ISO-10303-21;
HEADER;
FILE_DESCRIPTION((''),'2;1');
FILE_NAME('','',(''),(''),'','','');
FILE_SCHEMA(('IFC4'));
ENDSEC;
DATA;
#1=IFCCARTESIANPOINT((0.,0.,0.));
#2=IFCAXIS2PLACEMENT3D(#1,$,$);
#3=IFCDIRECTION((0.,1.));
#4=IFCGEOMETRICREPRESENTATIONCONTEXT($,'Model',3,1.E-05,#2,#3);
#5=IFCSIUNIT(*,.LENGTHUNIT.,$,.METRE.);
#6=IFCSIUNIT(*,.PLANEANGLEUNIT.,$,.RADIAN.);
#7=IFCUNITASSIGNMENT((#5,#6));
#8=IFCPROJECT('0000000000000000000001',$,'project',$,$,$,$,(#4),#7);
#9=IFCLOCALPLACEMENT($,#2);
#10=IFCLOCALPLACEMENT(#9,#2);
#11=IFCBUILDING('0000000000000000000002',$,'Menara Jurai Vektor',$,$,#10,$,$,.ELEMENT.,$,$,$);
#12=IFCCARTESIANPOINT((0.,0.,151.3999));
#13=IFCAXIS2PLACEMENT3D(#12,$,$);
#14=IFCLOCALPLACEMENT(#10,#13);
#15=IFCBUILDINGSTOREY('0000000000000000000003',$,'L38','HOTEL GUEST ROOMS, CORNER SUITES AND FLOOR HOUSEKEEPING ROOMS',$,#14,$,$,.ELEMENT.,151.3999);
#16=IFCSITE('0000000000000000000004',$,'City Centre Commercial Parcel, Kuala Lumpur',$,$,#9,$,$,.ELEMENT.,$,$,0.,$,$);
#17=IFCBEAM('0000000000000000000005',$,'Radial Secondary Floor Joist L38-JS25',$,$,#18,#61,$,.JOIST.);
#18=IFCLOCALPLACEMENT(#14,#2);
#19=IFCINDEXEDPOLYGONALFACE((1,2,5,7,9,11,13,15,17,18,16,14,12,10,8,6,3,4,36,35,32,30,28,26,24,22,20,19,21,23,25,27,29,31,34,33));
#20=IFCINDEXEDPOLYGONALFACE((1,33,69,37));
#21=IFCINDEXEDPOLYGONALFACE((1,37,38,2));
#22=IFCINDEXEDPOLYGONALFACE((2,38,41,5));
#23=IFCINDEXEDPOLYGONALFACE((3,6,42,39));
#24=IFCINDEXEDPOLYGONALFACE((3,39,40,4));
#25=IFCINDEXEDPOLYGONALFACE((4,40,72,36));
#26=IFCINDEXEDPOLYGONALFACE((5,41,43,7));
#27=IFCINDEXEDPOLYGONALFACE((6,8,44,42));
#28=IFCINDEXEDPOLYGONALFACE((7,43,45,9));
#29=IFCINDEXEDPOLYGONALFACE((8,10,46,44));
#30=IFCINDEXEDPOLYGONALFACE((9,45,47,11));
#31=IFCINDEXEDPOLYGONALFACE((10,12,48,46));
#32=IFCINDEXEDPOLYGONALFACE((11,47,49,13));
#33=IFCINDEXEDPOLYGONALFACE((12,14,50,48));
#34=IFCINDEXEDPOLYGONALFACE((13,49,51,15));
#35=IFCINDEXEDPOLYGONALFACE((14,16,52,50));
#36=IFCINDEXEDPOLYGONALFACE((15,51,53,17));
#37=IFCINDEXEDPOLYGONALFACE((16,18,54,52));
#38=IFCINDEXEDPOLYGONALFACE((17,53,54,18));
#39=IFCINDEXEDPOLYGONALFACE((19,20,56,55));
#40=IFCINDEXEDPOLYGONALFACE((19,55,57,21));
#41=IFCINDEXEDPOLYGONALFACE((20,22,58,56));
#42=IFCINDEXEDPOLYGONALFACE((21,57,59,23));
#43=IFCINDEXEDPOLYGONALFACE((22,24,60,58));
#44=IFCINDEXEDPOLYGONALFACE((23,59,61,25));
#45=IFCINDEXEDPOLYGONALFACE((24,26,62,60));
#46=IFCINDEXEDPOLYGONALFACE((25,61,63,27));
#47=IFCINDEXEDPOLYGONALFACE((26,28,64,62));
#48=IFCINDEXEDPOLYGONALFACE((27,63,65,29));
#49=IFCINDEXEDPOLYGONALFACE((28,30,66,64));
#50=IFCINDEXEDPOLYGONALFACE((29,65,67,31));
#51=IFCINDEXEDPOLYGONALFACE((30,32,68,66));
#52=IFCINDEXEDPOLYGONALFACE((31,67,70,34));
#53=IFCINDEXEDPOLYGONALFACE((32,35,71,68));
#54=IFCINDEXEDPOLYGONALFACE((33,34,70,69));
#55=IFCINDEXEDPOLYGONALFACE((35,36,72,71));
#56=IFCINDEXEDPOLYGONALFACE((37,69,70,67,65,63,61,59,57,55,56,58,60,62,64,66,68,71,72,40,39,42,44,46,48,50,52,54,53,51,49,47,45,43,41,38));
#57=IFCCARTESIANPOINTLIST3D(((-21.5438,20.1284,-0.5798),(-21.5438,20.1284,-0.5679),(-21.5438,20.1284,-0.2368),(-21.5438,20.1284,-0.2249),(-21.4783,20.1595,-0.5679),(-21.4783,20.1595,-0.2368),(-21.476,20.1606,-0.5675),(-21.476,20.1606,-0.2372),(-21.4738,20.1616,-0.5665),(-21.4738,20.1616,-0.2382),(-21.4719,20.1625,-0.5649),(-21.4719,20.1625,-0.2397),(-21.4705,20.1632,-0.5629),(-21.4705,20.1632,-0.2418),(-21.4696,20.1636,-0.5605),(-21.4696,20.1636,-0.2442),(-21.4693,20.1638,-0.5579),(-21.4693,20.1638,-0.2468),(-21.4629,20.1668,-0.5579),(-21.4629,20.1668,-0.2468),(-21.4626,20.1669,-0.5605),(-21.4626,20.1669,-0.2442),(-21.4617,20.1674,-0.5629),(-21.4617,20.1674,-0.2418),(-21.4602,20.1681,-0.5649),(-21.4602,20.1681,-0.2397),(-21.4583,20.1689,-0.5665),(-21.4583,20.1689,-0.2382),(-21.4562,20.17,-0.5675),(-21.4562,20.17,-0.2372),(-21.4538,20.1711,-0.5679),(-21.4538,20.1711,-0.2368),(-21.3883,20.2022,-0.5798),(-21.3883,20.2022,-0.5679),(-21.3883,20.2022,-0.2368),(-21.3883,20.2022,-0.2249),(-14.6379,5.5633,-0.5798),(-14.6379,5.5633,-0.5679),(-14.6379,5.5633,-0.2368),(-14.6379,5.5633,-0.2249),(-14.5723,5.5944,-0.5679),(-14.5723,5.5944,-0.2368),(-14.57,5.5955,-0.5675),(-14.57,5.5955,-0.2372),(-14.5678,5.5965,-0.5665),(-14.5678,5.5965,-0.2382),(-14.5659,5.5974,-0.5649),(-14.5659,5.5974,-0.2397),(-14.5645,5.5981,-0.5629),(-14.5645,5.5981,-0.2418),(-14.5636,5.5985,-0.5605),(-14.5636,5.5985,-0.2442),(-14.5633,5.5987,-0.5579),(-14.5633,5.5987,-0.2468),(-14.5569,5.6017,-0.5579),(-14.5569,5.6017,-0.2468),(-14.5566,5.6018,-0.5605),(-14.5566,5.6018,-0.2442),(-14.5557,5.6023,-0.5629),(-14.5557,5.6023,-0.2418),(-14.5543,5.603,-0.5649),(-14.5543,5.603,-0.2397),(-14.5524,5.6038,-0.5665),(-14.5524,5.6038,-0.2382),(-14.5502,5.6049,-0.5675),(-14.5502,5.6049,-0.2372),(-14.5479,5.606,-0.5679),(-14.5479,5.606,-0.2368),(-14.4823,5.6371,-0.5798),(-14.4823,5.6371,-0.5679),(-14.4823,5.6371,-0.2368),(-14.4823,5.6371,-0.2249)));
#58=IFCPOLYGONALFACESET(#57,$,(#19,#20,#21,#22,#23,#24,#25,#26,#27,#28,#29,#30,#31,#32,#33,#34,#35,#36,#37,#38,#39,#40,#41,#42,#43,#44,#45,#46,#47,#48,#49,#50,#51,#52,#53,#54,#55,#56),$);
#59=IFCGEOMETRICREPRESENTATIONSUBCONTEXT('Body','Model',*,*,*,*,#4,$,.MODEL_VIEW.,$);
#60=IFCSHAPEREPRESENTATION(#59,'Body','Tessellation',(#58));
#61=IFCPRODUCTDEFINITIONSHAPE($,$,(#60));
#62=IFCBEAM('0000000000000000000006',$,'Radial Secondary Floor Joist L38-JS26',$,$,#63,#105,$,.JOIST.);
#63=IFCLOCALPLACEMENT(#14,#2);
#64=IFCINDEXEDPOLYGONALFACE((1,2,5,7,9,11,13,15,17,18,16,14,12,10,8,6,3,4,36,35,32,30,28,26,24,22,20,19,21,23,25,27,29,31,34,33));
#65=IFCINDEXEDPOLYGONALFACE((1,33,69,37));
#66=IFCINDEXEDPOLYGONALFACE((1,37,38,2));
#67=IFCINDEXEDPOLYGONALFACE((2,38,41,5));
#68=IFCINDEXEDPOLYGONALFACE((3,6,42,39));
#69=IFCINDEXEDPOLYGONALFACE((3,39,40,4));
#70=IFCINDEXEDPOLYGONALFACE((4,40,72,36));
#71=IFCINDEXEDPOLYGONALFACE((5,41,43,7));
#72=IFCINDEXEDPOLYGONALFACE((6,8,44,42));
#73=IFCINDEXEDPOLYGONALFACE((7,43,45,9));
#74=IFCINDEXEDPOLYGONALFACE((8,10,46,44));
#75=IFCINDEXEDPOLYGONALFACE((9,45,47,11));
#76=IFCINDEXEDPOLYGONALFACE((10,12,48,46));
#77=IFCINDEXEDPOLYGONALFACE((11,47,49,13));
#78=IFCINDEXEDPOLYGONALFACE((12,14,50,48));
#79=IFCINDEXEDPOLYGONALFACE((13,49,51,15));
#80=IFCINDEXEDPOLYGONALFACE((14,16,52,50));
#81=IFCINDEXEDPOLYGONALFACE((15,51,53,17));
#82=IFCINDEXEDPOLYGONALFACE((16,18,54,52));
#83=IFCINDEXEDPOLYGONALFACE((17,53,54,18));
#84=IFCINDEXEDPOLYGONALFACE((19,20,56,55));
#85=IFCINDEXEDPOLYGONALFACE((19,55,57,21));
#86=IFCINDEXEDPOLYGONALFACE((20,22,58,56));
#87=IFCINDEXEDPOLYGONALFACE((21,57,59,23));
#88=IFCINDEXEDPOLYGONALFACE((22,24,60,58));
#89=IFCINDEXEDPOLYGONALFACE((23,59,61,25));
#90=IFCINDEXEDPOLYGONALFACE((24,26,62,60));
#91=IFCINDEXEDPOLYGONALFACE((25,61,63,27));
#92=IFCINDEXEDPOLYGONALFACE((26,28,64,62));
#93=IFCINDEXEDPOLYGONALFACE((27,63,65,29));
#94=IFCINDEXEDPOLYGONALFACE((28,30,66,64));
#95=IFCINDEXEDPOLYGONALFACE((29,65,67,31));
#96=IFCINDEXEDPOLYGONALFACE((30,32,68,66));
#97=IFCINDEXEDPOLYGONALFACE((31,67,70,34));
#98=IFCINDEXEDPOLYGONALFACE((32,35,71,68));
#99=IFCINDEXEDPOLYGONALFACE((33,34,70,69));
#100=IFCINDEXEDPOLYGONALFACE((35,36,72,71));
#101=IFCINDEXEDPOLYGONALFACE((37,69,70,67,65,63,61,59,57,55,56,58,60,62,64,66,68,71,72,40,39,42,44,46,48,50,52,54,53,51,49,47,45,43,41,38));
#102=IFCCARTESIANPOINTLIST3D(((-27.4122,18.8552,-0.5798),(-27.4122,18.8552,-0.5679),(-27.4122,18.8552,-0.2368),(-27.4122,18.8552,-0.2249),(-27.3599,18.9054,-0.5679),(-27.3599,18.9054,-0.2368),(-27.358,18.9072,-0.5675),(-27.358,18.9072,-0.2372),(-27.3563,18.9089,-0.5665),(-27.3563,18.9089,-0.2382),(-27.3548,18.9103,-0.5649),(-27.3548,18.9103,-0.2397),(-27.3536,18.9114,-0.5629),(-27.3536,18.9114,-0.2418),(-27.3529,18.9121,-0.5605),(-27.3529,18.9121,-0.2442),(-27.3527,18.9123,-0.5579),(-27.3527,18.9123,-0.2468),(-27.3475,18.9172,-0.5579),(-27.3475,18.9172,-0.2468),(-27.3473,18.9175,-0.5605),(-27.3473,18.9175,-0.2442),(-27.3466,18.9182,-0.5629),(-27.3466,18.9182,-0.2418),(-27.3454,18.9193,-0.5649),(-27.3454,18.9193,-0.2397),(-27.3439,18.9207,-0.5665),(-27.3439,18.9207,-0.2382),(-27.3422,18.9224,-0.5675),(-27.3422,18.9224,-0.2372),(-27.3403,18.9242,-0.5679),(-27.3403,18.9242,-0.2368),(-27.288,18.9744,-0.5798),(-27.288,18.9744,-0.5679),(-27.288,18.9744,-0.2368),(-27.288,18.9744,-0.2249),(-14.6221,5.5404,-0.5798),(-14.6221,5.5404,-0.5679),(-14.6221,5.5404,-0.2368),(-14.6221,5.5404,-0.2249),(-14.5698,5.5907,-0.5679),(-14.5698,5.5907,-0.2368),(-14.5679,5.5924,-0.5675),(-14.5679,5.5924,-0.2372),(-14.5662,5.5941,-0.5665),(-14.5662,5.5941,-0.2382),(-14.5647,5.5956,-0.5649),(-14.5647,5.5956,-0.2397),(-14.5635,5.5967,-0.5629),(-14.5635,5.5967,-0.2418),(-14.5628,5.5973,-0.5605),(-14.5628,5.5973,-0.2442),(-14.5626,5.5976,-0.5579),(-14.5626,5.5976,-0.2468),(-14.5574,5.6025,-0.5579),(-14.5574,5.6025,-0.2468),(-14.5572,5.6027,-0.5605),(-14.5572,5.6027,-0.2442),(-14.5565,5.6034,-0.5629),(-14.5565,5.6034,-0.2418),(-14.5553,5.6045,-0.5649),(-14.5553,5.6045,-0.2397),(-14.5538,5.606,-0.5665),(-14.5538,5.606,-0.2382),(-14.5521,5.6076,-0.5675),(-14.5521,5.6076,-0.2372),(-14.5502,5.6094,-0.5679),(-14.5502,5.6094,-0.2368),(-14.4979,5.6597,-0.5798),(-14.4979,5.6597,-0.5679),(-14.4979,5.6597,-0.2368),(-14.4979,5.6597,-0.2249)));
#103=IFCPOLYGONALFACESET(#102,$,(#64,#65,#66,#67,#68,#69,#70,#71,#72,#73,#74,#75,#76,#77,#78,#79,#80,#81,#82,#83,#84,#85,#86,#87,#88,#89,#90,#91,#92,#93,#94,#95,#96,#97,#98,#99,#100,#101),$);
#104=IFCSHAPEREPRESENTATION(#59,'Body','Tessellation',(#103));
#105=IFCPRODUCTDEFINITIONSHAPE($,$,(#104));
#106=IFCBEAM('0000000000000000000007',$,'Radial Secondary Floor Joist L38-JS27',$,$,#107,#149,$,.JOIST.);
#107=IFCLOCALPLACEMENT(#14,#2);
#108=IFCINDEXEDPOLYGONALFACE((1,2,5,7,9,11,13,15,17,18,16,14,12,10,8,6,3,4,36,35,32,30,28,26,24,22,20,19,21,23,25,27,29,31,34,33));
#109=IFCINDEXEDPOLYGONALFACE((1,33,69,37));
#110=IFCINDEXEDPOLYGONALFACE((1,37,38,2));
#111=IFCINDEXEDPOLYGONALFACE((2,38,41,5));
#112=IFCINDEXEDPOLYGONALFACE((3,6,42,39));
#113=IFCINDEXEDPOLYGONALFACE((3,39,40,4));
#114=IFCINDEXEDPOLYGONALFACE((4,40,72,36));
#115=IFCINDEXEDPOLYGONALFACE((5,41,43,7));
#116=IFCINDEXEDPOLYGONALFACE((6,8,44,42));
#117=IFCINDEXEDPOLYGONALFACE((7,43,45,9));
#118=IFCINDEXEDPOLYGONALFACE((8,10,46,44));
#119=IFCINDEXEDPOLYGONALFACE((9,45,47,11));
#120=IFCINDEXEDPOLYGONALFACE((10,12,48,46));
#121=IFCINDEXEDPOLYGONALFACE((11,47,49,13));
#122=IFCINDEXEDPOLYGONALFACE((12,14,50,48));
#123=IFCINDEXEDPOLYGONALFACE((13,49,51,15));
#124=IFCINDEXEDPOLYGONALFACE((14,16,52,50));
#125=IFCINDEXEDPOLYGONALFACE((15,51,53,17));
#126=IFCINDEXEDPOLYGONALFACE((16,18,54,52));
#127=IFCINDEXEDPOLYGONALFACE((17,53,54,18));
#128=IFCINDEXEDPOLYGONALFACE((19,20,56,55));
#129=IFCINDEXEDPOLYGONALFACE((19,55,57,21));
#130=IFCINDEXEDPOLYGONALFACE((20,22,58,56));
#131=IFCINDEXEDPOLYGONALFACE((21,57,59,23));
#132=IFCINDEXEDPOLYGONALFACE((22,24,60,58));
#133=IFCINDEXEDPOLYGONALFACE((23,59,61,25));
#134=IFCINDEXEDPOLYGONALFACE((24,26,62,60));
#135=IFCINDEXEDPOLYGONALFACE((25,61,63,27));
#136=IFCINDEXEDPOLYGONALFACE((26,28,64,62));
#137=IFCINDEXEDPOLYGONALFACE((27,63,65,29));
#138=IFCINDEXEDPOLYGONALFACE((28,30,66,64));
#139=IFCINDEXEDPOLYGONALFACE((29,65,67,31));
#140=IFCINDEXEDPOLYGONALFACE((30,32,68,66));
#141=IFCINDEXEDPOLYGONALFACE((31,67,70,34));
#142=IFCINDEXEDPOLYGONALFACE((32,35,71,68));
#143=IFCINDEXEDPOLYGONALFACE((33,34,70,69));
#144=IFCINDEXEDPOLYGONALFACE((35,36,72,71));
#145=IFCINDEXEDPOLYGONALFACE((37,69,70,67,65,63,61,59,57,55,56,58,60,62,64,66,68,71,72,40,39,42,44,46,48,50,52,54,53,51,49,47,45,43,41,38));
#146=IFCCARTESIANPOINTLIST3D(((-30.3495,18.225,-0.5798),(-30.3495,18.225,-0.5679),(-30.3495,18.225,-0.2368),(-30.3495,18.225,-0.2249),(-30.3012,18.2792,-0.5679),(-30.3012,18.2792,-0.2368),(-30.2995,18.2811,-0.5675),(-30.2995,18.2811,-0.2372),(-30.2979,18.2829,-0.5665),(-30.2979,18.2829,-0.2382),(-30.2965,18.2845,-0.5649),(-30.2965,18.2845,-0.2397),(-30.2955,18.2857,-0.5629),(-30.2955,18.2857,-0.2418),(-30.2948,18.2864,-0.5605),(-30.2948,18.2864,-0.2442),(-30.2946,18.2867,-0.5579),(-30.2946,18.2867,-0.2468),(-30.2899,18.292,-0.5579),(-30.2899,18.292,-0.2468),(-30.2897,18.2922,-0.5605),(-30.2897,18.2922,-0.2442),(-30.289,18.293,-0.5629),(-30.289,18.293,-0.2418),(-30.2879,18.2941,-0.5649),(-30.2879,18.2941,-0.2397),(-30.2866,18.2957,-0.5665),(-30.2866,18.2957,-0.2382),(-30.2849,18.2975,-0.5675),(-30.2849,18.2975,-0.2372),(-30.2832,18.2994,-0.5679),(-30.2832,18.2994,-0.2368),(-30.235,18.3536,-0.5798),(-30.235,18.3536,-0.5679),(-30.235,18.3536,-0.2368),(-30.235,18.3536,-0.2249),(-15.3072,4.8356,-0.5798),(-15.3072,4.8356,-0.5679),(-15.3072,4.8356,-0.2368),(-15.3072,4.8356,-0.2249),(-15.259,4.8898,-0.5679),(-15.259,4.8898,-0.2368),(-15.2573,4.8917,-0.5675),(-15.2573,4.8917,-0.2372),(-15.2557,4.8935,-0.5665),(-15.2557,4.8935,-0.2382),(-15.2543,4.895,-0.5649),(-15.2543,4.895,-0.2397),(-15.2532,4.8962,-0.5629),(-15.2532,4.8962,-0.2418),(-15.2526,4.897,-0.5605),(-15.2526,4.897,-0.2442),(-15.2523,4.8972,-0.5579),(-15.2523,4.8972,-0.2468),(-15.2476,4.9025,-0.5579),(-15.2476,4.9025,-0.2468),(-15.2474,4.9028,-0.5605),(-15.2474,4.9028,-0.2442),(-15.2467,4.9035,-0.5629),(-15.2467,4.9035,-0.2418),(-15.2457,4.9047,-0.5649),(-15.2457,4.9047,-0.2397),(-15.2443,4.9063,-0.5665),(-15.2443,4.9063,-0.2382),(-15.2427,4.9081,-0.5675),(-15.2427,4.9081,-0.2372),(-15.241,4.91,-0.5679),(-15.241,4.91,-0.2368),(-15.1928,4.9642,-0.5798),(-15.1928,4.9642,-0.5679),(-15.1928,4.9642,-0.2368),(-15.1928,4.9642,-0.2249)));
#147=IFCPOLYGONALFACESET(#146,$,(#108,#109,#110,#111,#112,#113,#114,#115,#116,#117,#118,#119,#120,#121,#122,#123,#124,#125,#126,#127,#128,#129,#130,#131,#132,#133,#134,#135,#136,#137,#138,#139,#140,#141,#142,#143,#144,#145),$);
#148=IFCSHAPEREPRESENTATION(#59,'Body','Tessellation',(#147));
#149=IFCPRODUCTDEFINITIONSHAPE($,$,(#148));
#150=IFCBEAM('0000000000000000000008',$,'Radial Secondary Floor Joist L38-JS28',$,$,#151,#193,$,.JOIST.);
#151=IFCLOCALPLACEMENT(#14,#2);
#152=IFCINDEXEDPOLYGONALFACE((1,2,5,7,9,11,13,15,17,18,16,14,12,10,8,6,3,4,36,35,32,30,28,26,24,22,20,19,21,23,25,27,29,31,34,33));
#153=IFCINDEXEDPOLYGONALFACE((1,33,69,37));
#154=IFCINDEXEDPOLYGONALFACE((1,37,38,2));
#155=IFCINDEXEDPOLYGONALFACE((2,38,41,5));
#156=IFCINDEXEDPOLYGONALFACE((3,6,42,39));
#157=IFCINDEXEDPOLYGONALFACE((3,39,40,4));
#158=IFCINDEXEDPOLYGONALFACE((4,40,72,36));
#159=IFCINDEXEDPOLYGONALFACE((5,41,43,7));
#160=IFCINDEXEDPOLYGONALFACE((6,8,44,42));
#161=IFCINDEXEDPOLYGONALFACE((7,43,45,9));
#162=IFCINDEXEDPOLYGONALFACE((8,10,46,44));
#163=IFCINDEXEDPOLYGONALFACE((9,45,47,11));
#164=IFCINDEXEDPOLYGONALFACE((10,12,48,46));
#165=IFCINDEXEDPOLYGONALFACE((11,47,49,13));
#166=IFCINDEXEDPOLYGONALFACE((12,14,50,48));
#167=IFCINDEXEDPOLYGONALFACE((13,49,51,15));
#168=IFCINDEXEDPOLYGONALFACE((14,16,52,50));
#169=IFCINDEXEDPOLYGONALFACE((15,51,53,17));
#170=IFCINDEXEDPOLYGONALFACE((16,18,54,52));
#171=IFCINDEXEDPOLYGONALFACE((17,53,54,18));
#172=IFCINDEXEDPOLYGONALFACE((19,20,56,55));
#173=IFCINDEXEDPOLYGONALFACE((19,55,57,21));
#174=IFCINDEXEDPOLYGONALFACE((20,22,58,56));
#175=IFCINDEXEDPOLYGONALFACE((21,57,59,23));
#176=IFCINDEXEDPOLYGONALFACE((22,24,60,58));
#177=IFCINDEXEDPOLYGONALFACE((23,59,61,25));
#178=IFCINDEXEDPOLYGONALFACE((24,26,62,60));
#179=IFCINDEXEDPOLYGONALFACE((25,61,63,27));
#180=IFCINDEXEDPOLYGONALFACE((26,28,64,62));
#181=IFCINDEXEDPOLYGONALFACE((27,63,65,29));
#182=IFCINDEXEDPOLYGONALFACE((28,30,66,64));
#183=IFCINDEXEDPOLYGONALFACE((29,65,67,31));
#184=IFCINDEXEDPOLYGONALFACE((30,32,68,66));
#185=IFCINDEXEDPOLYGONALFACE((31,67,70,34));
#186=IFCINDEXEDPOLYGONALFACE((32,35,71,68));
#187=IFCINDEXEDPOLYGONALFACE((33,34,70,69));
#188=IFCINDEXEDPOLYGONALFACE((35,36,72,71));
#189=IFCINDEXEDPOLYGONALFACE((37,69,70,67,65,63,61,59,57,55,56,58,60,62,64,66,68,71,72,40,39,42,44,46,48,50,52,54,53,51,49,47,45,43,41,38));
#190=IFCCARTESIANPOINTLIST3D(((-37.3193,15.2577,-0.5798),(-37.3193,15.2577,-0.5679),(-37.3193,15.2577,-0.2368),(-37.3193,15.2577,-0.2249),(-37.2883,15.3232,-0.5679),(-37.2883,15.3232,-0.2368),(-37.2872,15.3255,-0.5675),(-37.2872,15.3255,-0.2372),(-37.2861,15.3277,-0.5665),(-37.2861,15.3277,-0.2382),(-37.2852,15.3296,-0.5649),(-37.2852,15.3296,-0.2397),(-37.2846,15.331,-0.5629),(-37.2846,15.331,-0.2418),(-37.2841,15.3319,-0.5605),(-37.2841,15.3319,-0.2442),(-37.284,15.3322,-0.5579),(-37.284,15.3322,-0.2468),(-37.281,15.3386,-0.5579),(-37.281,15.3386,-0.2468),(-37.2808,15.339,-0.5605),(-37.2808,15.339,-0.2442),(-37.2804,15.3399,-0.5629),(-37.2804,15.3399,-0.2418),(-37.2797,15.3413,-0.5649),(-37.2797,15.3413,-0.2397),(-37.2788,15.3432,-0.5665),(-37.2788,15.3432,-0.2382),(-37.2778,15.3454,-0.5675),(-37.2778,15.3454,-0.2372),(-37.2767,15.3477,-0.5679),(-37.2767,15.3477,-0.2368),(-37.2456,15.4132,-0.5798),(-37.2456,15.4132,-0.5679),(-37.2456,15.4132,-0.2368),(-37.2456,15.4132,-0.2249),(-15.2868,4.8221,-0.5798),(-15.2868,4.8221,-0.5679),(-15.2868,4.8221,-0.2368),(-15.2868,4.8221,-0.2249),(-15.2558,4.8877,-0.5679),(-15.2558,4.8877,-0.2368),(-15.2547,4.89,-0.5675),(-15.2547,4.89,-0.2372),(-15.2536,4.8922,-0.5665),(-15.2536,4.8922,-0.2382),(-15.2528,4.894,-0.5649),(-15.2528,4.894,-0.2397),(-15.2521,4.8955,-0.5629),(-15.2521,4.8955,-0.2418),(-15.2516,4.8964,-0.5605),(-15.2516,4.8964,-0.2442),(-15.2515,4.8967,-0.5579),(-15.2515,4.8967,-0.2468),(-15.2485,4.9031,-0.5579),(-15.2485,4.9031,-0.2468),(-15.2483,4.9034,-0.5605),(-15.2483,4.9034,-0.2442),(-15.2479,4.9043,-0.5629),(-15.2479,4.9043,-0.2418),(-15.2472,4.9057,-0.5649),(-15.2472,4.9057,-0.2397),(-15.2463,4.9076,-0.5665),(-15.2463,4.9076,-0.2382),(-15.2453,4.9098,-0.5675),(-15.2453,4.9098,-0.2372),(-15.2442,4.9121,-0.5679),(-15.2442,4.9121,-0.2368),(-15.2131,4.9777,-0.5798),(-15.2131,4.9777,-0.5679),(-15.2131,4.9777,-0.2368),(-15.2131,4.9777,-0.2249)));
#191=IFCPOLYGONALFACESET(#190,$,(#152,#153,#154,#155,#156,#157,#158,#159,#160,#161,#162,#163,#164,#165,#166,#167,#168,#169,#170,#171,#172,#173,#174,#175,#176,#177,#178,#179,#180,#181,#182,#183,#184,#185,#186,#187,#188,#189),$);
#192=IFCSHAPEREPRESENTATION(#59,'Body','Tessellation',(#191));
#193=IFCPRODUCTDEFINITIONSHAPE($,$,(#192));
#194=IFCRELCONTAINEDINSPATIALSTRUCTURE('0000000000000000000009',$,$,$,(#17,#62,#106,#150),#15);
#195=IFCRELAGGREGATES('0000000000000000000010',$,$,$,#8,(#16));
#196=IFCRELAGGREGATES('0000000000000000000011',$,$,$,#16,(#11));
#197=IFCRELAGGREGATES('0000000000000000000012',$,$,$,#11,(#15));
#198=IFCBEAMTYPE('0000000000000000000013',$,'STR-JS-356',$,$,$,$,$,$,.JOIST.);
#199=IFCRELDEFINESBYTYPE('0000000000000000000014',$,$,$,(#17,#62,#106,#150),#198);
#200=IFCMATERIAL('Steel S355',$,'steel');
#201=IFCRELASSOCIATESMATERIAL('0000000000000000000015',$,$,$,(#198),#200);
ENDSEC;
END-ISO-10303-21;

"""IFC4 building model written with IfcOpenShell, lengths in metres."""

from ifc_helpers import new_model, si_unit, direction, frame, origin, origin_2d, place, context, subcontext, project, spatial, i_section, extrude, material, material_profile, profile_set, type_object, element, save


model = new_model("IFC4")

# Units and contexts
model_context = context("Model", 3, precision=1e-05, world=origin(), true_north=direction((0.0, 1.0)))
body_context = subcontext(model_context, "Body", "Model", "MODEL_VIEW")
ifc_project = project(units=[si_unit("LENGTHUNIT", "METRE"), si_unit("PLANEANGLEUNIT", "RADIAN")], contexts=[model_context])

# Site, building, storey
site_placement = place(None, origin())
site = spatial("IfcSite", under=ifc_project, at=site_placement, Name="City Centre Commercial Parcel, Kuala Lumpur", CompositionType="ELEMENT", RefElevation=0.0)
building_placement = place(site_placement, origin())
building = spatial("IfcBuilding", under=site, at=building_placement, Name="Menara Jurai Vektor", CompositionType="ELEMENT")
storey_placement = place(building_placement, frame((0.0, 0.0, 151.3999)))
storey = spatial("IfcBuildingStorey", under=building, at=storey_placement, Name="L38", Description="HOTEL GUEST ROOMS, CORNER SUITES AND FLOOR HOUSEKEEPING ROOMS", CompositionType="ELEMENT", Elevation=151.3999)

# Shared definitions
ifc_material_1 = material(Name="Steel S355", Category="steel")

# Beams
ifc_material_profile_1 = material_profile(ifc_material_1, i_section(OverallWidth=0.1721, OverallDepth=0.355, WebThickness=0.0071, FlangeThickness=0.012, FilletRadius=0.01, at=origin_2d()), Name="UKB 356x171x51")
ifc_profile_set_1 = profile_set([ifc_material_profile_1], Name="Steel S355")
beam_type_1 = type_object("IfcBeamType", Name="STR-JS-356", PredefinedType="JOIST", material=ifc_profile_set_1)
beam_1_placement = place(storey_placement, frame((-21.4661, 20.1653, -0.4023), z_axis=(0.428426, -0.903577, 0.0), x_axis=(0.903577, 0.428426, 0.0)))
element("IfcBeam", 1, at=beam_1_placement, inside=storey, type_object=beam_type_1, Name="Radial Secondary Floor Joist L38-JS25", PredefinedType="JOIST", context=body_context, shape_type="SweptSolid", body=[
    extrude(i_section(OverallWidth=0.1721, OverallDepth=0.355, WebThickness=0.0071, FlangeThickness=0.012, FilletRadius=0.01, at=origin_2d()), origin(), (0.0, 0.0, 1.0), 16.1194),
])
beam_2_placement = place(storey_placement, frame((-27.3501, 18.9148, -0.4023), z_axis=(0.692755, -0.721173, 0.0), x_axis=(0.721173, 0.692755, 0.0)))
element("IfcBeam", 2, at=beam_2_placement, inside=storey, type_object=beam_type_1, Name="Radial Secondary Floor Joist L38-JS26", PredefinedType="JOIST", context=body_context, shape_type="SweptSolid", body=[
    extrude(i_section(OverallWidth=0.1721, OverallDepth=0.355, WebThickness=0.0071, FlangeThickness=0.012, FilletRadius=0.01, at=origin_2d()), origin(), (0.0, 0.0, 1.0), 18.4626),
])
beam_3_placement = place(storey_placement, frame((-30.2922, 18.2893, -0.4023), z_axis=(0.746952, -0.664878, 0.0), x_axis=(0.664878, 0.746952, 0.0)))
element("IfcBeam", 3, at=beam_3_placement, inside=storey, type_object=beam_type_1, Name="Radial Secondary Floor Joist L38-JS27", PredefinedType="JOIST", context=body_context, shape_type="SweptSolid", body=[
    extrude(i_section(OverallWidth=0.1721, OverallDepth=0.355, WebThickness=0.0071, FlangeThickness=0.012, FilletRadius=0.01, at=origin_2d()), origin(), (0.0, 0.0, 1.0), 20.1382),
])
beam_4_placement = place(storey_placement, frame((-37.2825, 15.3354, -0.4023), z_axis=(0.903752, -0.428057, 0.0), x_axis=(0.428057, 0.903752, 0.0)))
element("IfcBeam", 4, at=beam_4_placement, inside=storey, type_object=beam_type_1, Name="Radial Secondary Floor Joist L38-JS28", PredefinedType="JOIST", context=body_context, shape_type="SweptSolid", body=[
    extrude(i_section(OverallWidth=0.1721, OverallDepth=0.355, WebThickness=0.0071, FlangeThickness=0.012, FilletRadius=0.01, at=origin_2d()), origin(), (0.0, 0.0, 1.0), 24.3789),
])

save(model, "model.ifc")
